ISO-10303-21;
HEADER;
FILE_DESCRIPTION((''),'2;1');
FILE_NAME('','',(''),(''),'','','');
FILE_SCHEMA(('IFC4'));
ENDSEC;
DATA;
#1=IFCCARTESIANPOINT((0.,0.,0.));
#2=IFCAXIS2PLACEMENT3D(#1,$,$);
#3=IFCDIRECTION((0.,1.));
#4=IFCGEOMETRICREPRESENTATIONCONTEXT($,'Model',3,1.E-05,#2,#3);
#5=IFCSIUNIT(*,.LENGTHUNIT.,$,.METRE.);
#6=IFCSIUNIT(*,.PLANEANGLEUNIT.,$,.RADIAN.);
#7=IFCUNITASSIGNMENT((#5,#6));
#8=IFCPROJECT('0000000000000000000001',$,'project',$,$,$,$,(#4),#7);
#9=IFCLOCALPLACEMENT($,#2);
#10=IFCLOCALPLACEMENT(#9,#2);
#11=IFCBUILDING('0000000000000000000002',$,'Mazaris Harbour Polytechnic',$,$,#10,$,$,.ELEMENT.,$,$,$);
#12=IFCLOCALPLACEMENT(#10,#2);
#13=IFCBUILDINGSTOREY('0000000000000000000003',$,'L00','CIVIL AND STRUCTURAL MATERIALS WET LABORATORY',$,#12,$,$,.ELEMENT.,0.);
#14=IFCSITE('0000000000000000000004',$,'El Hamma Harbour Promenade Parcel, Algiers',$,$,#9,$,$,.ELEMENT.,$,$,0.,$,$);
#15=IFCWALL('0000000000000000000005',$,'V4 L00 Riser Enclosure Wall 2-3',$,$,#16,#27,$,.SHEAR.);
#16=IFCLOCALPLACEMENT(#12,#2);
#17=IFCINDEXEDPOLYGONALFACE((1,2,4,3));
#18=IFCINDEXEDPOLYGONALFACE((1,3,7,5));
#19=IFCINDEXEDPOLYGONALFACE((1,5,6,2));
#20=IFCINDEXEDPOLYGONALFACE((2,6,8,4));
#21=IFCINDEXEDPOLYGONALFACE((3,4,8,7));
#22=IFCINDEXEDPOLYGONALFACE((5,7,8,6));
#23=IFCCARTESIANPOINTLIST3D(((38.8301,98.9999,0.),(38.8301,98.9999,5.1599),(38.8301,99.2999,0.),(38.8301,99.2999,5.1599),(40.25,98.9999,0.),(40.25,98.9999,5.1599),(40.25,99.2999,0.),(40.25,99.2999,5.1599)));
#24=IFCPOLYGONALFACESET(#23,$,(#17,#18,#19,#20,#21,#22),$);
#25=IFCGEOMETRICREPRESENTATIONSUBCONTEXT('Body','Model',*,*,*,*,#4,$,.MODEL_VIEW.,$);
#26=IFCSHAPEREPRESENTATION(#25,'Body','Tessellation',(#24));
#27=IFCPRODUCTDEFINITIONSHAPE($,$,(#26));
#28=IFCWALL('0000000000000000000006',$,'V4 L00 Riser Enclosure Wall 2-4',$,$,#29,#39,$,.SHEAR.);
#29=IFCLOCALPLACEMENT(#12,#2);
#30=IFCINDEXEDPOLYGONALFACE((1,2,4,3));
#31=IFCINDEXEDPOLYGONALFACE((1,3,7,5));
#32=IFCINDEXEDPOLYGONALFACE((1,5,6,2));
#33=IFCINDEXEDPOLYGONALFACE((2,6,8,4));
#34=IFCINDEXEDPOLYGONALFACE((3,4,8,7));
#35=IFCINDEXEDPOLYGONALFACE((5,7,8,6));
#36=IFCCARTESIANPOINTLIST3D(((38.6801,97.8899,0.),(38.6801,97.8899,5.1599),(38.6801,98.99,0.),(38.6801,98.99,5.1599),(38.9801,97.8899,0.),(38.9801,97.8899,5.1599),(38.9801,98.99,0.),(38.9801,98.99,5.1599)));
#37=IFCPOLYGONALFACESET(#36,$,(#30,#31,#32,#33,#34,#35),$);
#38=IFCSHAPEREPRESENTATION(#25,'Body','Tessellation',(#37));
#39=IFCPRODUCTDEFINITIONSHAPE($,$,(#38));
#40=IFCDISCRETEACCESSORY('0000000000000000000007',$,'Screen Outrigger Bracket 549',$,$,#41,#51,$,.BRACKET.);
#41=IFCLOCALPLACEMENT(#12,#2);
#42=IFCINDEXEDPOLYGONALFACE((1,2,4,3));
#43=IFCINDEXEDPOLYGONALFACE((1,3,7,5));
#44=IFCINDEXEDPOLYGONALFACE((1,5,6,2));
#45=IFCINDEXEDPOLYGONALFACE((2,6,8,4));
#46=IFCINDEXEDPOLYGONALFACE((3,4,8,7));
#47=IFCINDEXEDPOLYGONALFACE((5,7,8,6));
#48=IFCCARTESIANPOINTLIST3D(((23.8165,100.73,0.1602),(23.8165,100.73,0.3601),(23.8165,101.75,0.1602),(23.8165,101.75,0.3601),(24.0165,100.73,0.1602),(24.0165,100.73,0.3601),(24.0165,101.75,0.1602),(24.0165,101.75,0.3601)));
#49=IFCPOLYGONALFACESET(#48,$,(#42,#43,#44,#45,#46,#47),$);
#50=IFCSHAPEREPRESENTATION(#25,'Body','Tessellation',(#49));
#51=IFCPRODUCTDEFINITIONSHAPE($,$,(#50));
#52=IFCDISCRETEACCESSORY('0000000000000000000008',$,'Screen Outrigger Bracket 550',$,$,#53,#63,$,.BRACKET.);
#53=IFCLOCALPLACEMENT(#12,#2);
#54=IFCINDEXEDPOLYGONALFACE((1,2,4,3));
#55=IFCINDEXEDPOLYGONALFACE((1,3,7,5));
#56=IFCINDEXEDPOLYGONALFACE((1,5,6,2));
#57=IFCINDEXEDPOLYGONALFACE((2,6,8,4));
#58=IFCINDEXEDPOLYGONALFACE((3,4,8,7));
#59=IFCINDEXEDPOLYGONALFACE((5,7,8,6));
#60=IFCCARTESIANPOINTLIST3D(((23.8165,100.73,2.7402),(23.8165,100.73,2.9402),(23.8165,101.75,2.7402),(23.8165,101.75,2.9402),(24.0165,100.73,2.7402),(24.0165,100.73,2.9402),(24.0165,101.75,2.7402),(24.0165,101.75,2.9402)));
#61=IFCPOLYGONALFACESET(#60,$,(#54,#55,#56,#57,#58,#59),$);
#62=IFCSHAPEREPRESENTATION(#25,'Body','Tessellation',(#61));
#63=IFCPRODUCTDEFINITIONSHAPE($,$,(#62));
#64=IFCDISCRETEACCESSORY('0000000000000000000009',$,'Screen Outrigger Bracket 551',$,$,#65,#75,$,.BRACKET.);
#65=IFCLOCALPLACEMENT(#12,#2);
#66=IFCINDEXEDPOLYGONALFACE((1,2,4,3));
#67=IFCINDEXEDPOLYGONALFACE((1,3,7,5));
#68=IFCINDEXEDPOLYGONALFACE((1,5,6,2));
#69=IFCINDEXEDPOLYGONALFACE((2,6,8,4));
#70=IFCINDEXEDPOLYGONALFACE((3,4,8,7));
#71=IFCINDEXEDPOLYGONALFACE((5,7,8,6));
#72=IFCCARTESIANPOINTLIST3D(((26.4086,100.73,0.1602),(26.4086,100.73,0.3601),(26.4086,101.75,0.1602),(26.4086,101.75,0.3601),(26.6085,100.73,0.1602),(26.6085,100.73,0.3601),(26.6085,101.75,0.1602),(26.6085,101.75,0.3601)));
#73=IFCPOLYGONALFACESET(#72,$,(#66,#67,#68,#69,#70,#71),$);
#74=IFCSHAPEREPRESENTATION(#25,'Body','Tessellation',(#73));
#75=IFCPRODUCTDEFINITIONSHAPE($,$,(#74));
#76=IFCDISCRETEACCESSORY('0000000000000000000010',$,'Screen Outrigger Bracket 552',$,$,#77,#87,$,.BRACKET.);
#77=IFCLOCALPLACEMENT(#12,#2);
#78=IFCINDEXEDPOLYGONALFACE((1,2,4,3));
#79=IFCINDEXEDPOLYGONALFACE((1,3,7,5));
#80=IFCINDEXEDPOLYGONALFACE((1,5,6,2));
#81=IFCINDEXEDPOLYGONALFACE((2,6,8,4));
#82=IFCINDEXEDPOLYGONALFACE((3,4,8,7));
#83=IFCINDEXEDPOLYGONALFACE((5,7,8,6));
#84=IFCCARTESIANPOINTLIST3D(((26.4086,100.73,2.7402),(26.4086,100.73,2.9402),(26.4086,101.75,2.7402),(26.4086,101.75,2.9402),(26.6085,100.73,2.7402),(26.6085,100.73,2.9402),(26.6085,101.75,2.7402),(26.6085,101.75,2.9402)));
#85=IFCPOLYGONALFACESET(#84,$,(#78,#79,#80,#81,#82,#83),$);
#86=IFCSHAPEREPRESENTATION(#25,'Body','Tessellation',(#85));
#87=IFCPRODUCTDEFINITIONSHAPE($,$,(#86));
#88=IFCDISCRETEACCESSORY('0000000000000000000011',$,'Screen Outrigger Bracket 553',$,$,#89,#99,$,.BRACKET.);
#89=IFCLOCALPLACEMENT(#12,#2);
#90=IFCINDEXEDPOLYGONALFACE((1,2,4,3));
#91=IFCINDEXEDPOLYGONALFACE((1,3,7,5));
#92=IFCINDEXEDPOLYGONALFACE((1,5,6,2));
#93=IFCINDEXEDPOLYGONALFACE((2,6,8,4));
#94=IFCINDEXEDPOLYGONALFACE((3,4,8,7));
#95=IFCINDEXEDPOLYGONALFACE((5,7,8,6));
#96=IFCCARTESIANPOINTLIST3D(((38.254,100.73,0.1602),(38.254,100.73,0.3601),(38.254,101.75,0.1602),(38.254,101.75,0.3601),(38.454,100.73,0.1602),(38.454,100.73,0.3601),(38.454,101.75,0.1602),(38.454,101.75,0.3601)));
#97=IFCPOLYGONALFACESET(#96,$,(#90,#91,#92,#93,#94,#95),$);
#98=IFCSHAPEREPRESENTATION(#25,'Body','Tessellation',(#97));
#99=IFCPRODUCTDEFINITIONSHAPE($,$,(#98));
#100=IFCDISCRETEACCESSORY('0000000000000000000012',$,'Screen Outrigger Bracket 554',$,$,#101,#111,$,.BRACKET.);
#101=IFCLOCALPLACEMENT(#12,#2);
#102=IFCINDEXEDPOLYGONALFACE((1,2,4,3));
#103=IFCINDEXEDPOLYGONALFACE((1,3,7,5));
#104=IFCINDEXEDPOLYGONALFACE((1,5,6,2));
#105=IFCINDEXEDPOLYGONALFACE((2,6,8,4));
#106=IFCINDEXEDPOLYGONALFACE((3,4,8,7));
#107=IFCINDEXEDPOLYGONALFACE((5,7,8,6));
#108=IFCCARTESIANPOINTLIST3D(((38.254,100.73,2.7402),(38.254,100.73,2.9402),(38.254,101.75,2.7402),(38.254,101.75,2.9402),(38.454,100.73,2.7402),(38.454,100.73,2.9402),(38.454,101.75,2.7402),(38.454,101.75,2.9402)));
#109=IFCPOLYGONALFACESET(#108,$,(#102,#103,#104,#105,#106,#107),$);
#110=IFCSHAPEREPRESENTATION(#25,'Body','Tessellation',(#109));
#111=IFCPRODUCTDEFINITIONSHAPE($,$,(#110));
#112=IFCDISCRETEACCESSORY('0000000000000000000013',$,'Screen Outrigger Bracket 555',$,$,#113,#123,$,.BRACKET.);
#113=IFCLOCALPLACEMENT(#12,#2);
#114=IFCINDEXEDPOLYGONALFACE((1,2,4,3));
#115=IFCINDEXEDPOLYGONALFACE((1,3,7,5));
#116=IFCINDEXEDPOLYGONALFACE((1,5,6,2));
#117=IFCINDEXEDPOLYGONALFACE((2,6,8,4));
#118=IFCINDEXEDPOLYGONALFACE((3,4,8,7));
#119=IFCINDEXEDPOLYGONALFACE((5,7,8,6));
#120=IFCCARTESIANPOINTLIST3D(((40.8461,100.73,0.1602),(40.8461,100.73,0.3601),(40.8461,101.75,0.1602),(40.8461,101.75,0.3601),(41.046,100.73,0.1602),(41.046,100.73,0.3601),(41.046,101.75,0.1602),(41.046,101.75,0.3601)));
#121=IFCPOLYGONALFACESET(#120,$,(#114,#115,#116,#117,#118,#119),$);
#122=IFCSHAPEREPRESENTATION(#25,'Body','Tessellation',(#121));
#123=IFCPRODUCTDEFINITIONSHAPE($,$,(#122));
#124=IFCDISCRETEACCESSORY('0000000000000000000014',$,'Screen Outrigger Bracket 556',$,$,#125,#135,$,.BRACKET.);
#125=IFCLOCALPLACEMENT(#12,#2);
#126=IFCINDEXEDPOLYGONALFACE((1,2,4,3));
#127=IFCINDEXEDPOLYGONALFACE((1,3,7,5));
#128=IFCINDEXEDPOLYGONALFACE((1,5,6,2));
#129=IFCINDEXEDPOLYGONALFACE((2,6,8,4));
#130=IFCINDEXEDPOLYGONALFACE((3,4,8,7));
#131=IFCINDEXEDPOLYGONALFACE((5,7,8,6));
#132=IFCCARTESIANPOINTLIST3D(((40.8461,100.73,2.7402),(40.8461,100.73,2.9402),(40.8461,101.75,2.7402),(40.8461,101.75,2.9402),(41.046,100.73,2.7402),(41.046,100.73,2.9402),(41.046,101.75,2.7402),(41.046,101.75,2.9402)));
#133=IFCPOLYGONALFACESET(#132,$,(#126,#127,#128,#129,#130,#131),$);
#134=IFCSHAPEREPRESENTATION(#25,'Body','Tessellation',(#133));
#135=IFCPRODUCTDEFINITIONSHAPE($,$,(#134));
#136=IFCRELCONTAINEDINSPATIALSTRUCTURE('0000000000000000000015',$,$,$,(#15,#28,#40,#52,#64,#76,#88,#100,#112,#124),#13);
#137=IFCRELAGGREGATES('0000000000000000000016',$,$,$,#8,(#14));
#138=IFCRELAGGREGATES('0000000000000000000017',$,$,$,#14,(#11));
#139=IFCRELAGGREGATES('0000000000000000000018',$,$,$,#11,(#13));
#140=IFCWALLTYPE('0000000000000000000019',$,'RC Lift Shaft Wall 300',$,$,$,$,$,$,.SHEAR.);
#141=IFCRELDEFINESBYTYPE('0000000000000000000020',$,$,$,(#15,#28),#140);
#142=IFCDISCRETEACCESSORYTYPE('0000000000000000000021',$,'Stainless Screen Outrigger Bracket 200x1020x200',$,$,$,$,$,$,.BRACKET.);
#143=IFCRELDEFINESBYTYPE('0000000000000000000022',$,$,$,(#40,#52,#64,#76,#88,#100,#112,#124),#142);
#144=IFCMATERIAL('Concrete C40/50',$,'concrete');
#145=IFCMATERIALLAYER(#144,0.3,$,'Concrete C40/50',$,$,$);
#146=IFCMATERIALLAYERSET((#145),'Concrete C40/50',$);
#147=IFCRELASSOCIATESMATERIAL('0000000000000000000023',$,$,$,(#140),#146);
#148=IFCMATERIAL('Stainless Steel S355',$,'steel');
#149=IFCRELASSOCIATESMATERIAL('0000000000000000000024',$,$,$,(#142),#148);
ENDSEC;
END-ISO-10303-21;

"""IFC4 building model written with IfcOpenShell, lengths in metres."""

from ifc_helpers import new_model, si_unit, direction, frame, frame_2d, origin, origin_2d, place, context, subcontext, project, spatial, rectangle, extrude, material, layer, layer_set, type_object, element, save


model = new_model("IFC4")

# Units and contexts
model_context = context("Model", 3, precision=1e-05, world=origin(), true_north=direction((0.0, 1.0)))
body_context = subcontext(model_context, "Body", "Model", "MODEL_VIEW")
ifc_project = project(units=[si_unit("LENGTHUNIT", "METRE"), si_unit("PLANEANGLEUNIT", "RADIAN")], contexts=[model_context])

# Site, building, storey
site_placement = place(None, origin())
site = spatial("IfcSite", under=ifc_project, at=site_placement, Name="El Hamma Harbour Promenade Parcel, Algiers", CompositionType="ELEMENT", RefElevation=0.0)
building_placement = place(site_placement, origin())
building = spatial("IfcBuilding", under=site, at=building_placement, Name="Mazaris Harbour Polytechnic", CompositionType="ELEMENT")
storey_placement = place(building_placement, origin())
storey = spatial("IfcBuildingStorey", under=building, at=storey_placement, Name="L00", Description="CIVIL AND STRUCTURAL MATERIALS WET LABORATORY", CompositionType="ELEMENT", Elevation=0.0)

# Walls
ifc_material_1 = material(Name="Concrete C40/50", Category="concrete")
ifc_layer_1 = layer(ifc_material_1, 0.3, Name="Concrete C40/50")
ifc_layer_set_1 = layer_set([ifc_layer_1], Name="Concrete C40/50")
wall_type_1 = type_object("IfcWallType", Name="RC Lift Shaft Wall 300", PredefinedType="SHEAR", material=ifc_layer_set_1)
wall_1_placement = place(storey_placement, frame((40.25, 99.1499, 0.0), z_axis=(0.0, 0.0, 1.0), x_axis=(-1.0, 0.0, 0.0)))
element("IfcWall", 1, at=wall_1_placement, inside=storey, type_object=wall_type_1, Name="V4 L00 Riser Enclosure Wall 2-3", PredefinedType="SHEAR", context=body_context, shape_type="SweptSolid", body=[
    extrude(rectangle(XDim=1.4199, YDim=0.3, at=frame_2d((0.71, 0.0))), origin(), (0.0, 0.0, 1.0), 5.1599),
])
wall_2_placement = place(storey_placement, frame((38.8301, 98.99, 0.0), z_axis=(0.0, 0.0, 1.0), x_axis=(0.0, -1.0, 0.0)))
element("IfcWall", 2, at=wall_2_placement, inside=storey, type_object=wall_type_1, Name="V4 L00 Riser Enclosure Wall 2-4", PredefinedType="SHEAR", context=body_context, shape_type="SweptSolid", body=[
    extrude(rectangle(XDim=1.1001, YDim=0.3, at=frame_2d((0.55, 0.0))), origin(), (0.0, 0.0, 1.0), 5.1599),
])

# Discrete accessories
ifc_material_2 = material(Name="Stainless Steel S355", Category="steel")
discrete_accessory_type = type_object("IfcDiscreteAccessoryType", Name="Stainless Screen Outrigger Bracket 200x1020x200", PredefinedType="BRACKET", material=ifc_material_2)
for number, where, z_axis, x_axis, name in (
    (3, (23.9165, 101.24, 0.1602), (0.0, 0.0, 1.0), (1.0, 0.0, 0.0), "Screen Outrigger Bracket 549"),
    (4, (23.9165, 101.24, 2.7402), (0.0, 0.0, 1.0), (1.0, 0.0, 0.0), "Screen Outrigger Bracket 550"),
    (5, (26.5085, 101.24, 0.1602), (0.0, 0.0, 1.0), (1.0, 0.0, 0.0), "Screen Outrigger Bracket 551"),
    (6, (26.5085, 101.24, 2.7402), (0.0, 0.0, 1.0), (1.0, 0.0, 0.0), "Screen Outrigger Bracket 552"),
    (7, (38.354, 101.24, 0.1602), (0.0, 0.0, 1.0), (1.0, 0.0, 0.0), "Screen Outrigger Bracket 553"),
    (8, (38.354, 101.24, 2.7402), (0.0, 0.0, 1.0), (1.0, 0.0, 0.0), "Screen Outrigger Bracket 554"),
    (9, (40.946, 101.24, 0.1602), (0.0, 0.0, 1.0), (1.0, 0.0, 0.0), "Screen Outrigger Bracket 555"),
    (10, (40.946, 101.24, 2.7402), (0.0, 0.0, 1.0), (1.0, 0.0, 0.0), "Screen Outrigger Bracket 556"),
):
    element("IfcDiscreteAccessory", number, at=place(storey_placement, frame(where, z_axis=z_axis, x_axis=x_axis)), inside=storey, type_object=discrete_accessory_type, Name=name, PredefinedType="BRACKET", context=body_context, shape_type="SweptSolid", body=[
        extrude(rectangle(XDim=0.2, YDim=1.02, at=origin_2d()), origin(), (0.0, 0.0, 1.0), 0.2),
    ])

save(model, "model.ifc")
